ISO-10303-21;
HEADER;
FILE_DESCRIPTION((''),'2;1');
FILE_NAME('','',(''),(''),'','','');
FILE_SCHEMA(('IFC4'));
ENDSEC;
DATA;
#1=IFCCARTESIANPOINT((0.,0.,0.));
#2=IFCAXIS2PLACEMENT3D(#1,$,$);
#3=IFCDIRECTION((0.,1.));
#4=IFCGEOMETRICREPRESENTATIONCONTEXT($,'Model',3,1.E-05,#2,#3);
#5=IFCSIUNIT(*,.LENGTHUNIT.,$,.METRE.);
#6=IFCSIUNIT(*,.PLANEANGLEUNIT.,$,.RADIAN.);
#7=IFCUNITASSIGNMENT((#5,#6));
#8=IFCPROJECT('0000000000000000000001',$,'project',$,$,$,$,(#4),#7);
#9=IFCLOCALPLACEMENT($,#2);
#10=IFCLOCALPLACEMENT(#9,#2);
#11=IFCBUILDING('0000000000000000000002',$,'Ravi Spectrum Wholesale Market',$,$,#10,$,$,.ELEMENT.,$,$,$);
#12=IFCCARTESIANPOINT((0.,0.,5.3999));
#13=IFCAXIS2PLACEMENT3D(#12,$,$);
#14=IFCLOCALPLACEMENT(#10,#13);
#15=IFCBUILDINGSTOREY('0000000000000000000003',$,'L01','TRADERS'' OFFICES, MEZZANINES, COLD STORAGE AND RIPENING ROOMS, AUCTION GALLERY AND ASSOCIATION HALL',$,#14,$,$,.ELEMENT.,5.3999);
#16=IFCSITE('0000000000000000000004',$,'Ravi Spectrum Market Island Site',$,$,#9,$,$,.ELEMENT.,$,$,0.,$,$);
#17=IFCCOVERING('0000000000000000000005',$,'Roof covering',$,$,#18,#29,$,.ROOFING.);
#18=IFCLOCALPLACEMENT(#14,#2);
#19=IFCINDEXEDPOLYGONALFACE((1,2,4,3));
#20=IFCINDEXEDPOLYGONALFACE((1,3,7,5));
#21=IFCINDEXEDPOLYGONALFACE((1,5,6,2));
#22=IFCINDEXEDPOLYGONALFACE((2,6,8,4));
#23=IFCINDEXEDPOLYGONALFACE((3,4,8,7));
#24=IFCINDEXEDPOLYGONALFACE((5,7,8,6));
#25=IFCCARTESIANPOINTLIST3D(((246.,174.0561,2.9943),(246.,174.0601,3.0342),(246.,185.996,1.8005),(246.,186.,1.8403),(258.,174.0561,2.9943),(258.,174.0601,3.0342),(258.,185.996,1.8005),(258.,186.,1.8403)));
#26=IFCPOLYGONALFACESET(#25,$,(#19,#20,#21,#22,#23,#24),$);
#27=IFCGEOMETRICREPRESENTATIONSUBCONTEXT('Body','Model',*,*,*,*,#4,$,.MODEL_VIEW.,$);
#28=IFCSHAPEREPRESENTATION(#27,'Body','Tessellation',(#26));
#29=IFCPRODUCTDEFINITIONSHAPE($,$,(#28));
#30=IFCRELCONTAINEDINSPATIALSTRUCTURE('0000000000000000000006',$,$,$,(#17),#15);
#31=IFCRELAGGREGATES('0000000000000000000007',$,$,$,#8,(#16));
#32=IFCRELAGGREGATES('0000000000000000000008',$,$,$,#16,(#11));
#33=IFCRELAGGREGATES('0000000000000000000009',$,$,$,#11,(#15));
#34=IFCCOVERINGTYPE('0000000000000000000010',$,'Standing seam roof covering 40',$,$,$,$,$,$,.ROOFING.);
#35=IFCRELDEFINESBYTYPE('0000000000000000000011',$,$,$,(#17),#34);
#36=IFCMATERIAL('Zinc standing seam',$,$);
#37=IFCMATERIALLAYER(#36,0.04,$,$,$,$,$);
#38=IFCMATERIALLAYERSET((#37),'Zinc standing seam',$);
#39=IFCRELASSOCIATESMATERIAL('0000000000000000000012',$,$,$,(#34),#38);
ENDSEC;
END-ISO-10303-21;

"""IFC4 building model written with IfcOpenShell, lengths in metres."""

from ifc_helpers import new_model, si_unit, direction, frame, origin, place, context, subcontext, project, spatial, polyline, outline, extrude, material, layer, layer_set, type_object, element, save


model = new_model("IFC4")

# Units and contexts
model_context = context("Model", 3, precision=1e-05, world=origin(), true_north=direction((0.0, 1.0)))
body_context = subcontext(model_context, "Body", "Model", "MODEL_VIEW")
ifc_project = project(units=[si_unit("LENGTHUNIT", "METRE"), si_unit("PLANEANGLEUNIT", "RADIAN")], contexts=[model_context])

# Site, building, storey
site_placement = place(None, origin())
site = spatial("IfcSite", under=ifc_project, at=site_placement, Name="Ravi Spectrum Market Island Site", CompositionType="ELEMENT", RefElevation=0.0)
building_placement = place(site_placement, origin())
building = spatial("IfcBuilding", under=site, at=building_placement, Name="Ravi Spectrum Wholesale Market", CompositionType="ELEMENT")
storey_placement = place(building_placement, frame((0.0, 0.0, 5.3999)))
storey = spatial("IfcBuildingStorey", under=building, at=storey_placement, Name="L01", Description="TRADERS' OFFICES, MEZZANINES, COLD STORAGE AND RIPENING ROOMS, AUCTION GALLERY AND ASSOCIATION HALL", CompositionType="ELEMENT", Elevation=5.3999)

# Covering
ifc_material_1 = material(Name="Zinc standing seam")
ifc_layer_1 = layer(ifc_material_1, 0.04)
ifc_layer_set_1 = layer_set([ifc_layer_1], Name="Zinc standing seam")
covering_type = type_object("IfcCoveringType", Name="Standing seam roof covering 40", PredefinedType="ROOFING", material=ifc_layer_set_1)
for number, where, z_axis, x_axis, name in (
    (1, (258.0, 186.0, 1.8403), (0.0, 0.099492, 0.995038), (0.0, -0.995038, 0.099492), "Roof covering"),
):
    element("IfcCovering", number, at=place(storey_placement, frame(where, z_axis=z_axis, x_axis=x_axis)), inside=storey, type_object=covering_type, Name=name, PredefinedType="ROOFING", context=body_context, shape_type="SweptSolid", body=[
        extrude(outline(polyline([(0.0, 0.0), (11.9995, 0.0), (11.9995, -12.0), (0.0, -12.0), (0.0, 0.0)])), origin(), (0.0, 0.0, -1.0), 0.04),
    ])

save(model, "model.ifc")
